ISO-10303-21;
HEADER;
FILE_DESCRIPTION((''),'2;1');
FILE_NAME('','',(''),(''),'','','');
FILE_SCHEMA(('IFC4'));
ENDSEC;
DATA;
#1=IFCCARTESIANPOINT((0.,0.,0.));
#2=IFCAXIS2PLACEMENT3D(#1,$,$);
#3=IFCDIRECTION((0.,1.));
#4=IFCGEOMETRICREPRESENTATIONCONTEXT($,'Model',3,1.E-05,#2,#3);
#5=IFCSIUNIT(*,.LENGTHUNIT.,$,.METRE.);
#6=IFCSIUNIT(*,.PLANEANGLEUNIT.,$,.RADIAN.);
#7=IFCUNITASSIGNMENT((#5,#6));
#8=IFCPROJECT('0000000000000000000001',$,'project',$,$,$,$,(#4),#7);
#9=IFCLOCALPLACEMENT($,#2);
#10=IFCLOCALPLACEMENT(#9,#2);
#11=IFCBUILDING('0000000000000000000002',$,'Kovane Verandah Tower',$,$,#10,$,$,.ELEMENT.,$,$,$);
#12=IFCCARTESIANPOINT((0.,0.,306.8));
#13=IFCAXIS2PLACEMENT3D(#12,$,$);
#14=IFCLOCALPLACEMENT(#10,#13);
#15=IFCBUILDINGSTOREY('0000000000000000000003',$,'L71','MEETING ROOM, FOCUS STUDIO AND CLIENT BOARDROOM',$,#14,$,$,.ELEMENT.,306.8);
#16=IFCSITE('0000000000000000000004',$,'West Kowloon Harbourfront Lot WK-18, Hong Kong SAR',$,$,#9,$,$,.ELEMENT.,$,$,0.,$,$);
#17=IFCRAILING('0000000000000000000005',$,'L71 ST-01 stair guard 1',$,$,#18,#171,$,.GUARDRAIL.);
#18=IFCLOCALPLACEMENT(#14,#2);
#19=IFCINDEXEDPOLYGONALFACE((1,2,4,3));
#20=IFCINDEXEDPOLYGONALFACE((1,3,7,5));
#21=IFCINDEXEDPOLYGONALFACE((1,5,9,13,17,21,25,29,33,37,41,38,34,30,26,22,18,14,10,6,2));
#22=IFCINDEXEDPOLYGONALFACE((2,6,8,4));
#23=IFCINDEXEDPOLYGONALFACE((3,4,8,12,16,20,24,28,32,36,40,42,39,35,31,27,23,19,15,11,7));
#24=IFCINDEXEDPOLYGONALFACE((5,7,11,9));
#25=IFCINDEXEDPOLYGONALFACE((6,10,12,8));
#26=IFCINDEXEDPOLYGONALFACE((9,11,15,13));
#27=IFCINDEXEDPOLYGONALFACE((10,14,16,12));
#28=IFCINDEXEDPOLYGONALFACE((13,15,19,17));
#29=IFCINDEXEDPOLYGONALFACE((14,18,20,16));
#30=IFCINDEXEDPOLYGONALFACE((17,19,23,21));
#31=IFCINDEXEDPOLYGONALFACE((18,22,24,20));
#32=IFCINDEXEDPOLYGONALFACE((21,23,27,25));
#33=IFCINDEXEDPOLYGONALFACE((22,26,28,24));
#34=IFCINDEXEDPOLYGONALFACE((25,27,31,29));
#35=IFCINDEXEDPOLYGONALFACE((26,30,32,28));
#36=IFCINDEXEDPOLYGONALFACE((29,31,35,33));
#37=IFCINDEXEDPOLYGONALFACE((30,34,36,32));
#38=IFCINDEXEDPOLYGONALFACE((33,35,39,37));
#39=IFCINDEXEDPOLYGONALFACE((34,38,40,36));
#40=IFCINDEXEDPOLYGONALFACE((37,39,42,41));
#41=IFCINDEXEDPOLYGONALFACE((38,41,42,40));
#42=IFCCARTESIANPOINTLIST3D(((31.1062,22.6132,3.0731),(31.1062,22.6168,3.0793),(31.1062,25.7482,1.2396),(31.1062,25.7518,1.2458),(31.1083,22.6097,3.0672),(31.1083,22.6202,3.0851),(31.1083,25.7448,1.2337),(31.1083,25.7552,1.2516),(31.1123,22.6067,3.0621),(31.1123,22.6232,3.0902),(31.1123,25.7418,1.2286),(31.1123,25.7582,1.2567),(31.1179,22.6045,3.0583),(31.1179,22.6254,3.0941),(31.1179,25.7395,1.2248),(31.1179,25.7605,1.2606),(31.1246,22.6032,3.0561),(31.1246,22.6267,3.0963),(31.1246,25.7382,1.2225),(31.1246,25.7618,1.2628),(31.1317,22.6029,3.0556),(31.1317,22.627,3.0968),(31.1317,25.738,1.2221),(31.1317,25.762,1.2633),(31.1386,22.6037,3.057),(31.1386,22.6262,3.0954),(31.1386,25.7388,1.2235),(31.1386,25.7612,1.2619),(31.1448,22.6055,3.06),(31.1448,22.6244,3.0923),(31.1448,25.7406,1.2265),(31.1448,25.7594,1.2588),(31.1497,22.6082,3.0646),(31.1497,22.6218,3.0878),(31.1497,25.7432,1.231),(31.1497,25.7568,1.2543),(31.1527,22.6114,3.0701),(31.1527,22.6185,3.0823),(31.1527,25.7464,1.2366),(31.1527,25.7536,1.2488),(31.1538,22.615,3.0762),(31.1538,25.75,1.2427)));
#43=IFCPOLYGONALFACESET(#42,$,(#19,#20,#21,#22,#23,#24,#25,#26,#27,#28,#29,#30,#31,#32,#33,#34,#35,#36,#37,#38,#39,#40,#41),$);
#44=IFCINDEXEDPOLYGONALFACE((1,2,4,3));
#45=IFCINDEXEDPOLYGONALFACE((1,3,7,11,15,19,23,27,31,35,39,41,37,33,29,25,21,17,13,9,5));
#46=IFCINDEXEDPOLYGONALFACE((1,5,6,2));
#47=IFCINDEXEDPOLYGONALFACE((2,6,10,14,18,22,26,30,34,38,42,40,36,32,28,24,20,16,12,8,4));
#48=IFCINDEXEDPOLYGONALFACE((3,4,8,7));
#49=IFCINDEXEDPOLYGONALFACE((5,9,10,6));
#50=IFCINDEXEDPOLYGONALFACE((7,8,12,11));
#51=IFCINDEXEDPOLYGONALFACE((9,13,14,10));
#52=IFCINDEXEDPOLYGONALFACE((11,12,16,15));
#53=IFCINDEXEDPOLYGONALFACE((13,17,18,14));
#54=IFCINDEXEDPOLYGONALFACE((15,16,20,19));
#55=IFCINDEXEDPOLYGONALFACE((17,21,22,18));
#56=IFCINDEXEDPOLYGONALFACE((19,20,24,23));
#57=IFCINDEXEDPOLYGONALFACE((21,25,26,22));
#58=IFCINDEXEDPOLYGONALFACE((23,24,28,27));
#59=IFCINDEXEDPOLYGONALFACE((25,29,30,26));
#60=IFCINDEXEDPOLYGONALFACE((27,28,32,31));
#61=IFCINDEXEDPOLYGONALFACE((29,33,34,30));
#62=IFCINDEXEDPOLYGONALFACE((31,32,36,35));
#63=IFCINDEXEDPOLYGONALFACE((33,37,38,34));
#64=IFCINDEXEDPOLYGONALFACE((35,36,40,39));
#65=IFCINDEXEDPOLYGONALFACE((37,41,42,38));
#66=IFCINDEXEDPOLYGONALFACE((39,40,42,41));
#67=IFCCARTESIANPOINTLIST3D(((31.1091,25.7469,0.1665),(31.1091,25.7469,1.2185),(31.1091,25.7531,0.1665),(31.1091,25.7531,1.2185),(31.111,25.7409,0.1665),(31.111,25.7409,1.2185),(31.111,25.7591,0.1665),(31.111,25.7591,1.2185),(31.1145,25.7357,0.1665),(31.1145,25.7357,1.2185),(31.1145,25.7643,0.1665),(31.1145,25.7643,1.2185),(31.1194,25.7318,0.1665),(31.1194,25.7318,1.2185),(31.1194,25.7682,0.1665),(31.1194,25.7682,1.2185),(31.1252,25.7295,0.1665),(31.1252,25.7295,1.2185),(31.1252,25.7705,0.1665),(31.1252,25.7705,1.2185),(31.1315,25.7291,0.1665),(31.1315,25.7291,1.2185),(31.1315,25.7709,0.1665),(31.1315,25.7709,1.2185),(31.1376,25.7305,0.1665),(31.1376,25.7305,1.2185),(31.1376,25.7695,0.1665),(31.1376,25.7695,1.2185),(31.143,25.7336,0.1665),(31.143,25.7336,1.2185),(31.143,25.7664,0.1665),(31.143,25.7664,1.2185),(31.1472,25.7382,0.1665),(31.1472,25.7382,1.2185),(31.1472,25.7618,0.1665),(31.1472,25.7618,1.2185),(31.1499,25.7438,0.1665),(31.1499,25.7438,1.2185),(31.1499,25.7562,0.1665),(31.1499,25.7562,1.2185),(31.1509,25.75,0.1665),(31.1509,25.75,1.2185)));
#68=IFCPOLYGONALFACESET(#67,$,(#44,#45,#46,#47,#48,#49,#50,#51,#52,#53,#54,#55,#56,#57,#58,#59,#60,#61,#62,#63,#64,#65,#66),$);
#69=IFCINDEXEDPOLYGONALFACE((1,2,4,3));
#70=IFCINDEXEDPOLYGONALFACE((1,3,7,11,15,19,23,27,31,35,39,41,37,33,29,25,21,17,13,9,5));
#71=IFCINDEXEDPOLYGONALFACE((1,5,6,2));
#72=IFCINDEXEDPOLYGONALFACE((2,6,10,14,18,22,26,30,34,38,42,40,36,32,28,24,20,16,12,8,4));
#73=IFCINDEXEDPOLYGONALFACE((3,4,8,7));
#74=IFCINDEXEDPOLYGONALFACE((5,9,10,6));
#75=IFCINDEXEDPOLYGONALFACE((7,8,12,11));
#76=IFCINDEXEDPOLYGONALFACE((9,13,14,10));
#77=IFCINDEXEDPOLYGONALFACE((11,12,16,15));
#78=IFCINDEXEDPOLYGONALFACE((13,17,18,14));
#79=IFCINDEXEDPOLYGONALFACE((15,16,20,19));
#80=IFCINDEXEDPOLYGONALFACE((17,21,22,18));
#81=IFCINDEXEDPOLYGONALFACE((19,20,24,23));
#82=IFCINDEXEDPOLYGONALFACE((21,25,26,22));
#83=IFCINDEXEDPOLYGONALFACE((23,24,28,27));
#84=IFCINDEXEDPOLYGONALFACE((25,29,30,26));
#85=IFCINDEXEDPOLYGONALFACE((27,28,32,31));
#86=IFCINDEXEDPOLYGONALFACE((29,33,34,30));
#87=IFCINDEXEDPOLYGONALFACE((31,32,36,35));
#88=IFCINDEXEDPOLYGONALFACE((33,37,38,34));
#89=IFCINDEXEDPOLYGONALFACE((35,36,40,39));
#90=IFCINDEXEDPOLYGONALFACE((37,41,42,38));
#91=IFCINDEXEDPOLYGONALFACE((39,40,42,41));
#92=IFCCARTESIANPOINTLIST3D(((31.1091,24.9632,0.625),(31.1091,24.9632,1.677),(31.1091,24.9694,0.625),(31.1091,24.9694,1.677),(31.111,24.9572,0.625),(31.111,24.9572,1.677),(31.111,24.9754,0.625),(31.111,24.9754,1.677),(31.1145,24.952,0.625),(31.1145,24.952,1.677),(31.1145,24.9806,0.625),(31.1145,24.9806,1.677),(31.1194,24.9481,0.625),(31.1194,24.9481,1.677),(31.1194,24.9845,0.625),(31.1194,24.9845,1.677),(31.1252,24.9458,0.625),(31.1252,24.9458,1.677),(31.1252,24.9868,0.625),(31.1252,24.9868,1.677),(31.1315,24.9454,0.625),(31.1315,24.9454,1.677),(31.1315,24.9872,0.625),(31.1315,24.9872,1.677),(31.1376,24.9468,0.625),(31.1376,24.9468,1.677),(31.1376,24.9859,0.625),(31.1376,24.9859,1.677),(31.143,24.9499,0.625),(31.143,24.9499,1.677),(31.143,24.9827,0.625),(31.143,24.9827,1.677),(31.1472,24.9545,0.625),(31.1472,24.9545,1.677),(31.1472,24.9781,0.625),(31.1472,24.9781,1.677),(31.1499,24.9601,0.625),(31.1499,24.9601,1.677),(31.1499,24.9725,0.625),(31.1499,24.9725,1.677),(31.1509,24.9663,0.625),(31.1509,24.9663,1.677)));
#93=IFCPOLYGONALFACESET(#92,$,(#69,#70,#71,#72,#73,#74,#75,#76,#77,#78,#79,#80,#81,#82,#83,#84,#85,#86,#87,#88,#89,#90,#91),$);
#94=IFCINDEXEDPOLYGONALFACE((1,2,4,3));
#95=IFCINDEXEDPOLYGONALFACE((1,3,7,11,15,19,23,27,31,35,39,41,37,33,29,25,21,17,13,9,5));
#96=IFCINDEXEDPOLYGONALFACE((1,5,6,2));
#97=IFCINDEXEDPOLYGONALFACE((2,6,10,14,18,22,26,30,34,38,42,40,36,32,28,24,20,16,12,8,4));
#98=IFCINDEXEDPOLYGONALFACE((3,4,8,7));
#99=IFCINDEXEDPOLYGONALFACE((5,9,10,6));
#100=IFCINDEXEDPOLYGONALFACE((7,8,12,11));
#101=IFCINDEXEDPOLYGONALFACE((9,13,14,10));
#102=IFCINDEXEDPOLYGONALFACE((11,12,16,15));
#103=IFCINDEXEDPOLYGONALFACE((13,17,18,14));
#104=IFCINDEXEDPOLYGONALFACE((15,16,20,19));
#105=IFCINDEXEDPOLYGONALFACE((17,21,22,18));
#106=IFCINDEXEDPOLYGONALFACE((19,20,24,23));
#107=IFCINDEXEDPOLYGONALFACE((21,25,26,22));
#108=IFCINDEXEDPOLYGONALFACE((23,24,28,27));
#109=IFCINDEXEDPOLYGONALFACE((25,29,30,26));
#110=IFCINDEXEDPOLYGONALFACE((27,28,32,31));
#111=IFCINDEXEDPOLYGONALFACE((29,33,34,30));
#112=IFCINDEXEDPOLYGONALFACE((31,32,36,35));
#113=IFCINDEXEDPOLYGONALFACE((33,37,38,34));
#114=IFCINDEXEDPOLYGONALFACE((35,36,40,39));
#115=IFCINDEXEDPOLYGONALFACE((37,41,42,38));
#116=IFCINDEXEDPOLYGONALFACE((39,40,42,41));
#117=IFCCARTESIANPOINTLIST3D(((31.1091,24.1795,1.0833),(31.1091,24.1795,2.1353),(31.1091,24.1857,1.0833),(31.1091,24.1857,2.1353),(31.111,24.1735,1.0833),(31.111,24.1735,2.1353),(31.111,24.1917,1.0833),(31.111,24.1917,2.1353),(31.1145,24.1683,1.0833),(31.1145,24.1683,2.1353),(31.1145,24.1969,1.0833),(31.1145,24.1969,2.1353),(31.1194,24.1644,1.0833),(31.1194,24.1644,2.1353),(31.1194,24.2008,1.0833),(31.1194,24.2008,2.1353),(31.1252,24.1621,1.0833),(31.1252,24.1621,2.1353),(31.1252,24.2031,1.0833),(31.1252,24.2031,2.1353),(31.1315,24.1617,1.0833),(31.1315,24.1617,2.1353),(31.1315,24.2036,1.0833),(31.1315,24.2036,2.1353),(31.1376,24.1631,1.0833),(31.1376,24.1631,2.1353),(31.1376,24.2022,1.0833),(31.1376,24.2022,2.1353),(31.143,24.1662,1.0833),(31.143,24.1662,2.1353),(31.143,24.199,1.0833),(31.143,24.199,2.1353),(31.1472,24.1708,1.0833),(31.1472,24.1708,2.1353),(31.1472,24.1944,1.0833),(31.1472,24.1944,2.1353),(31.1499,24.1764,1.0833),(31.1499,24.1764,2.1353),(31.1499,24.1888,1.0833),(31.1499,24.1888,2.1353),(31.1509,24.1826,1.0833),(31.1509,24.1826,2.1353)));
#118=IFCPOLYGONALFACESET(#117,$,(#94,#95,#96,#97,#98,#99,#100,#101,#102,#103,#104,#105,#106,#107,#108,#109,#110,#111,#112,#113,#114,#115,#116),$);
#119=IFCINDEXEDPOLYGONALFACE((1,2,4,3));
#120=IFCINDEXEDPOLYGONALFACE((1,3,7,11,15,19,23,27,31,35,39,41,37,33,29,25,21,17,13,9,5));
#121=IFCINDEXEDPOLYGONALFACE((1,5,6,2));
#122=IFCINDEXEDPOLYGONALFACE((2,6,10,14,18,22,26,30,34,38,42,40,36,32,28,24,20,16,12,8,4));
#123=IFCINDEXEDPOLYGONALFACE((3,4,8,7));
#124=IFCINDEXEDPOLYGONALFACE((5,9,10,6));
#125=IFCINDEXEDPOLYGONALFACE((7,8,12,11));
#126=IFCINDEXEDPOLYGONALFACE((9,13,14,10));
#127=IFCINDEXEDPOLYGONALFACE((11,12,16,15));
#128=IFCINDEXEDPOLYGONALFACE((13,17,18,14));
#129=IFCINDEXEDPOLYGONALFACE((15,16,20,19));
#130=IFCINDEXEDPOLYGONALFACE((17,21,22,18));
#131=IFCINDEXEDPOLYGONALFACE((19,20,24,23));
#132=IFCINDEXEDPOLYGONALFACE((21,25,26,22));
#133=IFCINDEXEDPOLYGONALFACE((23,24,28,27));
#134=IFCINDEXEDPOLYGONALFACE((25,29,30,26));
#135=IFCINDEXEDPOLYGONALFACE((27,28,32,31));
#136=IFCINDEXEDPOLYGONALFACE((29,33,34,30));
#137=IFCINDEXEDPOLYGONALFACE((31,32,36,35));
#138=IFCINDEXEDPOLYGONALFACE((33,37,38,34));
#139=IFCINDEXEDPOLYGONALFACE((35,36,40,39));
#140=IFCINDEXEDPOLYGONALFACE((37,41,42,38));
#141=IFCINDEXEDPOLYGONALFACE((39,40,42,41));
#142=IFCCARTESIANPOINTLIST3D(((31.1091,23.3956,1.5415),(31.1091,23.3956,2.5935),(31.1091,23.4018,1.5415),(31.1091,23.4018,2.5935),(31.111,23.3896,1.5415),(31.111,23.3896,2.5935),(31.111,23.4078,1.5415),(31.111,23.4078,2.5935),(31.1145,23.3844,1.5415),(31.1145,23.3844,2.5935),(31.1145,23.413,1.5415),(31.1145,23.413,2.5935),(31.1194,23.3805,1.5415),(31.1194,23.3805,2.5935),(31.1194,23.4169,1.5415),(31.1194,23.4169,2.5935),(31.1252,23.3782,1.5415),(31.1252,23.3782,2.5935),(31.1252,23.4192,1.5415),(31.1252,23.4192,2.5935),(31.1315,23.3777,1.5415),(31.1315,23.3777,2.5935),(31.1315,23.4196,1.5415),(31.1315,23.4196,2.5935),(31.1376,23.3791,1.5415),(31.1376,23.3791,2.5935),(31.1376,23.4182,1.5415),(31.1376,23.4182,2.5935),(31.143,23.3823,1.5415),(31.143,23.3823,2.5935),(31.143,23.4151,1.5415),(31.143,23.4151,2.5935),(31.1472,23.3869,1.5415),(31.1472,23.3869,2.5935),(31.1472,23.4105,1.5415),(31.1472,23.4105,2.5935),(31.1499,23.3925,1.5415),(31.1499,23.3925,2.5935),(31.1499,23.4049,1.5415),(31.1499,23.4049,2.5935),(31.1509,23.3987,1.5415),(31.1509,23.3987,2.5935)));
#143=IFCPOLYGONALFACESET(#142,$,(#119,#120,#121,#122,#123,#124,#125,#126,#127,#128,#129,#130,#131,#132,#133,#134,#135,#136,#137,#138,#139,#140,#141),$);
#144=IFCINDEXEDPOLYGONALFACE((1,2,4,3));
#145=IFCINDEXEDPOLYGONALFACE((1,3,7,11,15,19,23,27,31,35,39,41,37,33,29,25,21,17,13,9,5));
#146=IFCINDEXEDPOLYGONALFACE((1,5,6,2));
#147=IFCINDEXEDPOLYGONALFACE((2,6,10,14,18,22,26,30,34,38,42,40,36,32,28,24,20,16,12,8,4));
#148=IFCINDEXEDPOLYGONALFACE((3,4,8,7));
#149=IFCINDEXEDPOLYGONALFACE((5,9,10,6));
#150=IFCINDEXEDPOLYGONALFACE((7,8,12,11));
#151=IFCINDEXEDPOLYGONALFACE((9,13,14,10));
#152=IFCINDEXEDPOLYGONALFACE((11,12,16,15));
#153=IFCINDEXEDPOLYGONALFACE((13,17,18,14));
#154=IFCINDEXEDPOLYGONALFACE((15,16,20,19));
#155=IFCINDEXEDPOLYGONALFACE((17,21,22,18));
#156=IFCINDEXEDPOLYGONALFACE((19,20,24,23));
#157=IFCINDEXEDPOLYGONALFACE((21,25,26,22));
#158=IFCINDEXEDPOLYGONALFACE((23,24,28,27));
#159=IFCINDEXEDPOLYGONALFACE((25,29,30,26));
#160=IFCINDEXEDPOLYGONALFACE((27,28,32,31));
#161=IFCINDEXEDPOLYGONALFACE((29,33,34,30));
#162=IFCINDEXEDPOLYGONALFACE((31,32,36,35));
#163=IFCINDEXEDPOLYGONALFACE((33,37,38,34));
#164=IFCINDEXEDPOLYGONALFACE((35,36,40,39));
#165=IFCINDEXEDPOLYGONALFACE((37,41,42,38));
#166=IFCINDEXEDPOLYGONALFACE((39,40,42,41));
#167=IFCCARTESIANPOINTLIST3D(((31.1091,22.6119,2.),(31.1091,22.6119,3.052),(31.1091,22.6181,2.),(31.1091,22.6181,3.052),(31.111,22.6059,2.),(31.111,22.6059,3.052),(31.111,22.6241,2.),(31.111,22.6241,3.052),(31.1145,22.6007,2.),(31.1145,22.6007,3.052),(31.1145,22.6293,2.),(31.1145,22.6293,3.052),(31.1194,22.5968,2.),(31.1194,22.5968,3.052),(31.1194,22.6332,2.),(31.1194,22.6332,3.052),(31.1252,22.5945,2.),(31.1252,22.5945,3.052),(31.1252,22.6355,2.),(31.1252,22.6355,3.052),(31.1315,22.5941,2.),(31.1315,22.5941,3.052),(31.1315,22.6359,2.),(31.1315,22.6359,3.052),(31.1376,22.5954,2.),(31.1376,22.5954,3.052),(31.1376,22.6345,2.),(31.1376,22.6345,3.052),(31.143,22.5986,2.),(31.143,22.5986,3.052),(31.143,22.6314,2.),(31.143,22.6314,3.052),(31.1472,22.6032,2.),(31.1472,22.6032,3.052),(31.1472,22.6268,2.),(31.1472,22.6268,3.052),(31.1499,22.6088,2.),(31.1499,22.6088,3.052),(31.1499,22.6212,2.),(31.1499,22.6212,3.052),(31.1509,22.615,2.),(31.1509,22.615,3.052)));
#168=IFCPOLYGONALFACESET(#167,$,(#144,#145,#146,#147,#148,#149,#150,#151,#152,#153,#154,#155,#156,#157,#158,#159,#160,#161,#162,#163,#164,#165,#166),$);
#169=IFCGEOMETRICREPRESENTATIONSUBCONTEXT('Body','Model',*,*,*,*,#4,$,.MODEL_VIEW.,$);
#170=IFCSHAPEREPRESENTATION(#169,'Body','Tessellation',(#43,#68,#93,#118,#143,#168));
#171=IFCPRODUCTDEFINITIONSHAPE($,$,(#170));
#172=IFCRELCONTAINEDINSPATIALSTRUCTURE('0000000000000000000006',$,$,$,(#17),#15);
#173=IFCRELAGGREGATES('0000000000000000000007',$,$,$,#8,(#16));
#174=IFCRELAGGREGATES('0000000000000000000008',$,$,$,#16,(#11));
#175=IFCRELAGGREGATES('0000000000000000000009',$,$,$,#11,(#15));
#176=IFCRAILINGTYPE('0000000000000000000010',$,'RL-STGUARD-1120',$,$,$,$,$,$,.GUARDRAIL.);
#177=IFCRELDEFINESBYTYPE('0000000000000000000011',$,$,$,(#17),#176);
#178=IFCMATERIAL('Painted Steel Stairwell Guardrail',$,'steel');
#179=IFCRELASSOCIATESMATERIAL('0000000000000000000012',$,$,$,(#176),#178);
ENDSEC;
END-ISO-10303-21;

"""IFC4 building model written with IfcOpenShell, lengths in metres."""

from ifc_helpers import new_model, si_unit, direction, frame, origin, origin_2d, place, context, subcontext, project, spatial, circle, extrude, material, type_object, element, save


model = new_model("IFC4")

# Units and contexts
model_context = context("Model", 3, precision=1e-05, world=origin(), true_north=direction((0.0, 1.0)))
body_context = subcontext(model_context, "Body", "Model", "MODEL_VIEW")
ifc_project = project(units=[si_unit("LENGTHUNIT", "METRE"), si_unit("PLANEANGLEUNIT", "RADIAN")], contexts=[model_context])

# Site, building, storey
site_placement = place(None, origin())
site = spatial("IfcSite", under=ifc_project, at=site_placement, Name="West Kowloon Harbourfront Lot WK-18, Hong Kong SAR", CompositionType="ELEMENT", RefElevation=0.0)
building_placement = place(site_placement, origin())
building = spatial("IfcBuilding", under=site, at=building_placement, Name="Kovane Verandah Tower", CompositionType="ELEMENT")
storey_placement = place(building_placement, frame((0.0, 0.0, 306.8)))
storey = spatial("IfcBuildingStorey", under=building, at=storey_placement, Name="L71", Description="MEETING ROOM, FOCUS STUDIO AND CLIENT BOARDROOM", CompositionType="ELEMENT", Elevation=306.8)

# Railing
ifc_material_1 = material(Name="Painted Steel Stairwell Guardrail", Category="steel")
railing_type_1 = type_object("IfcRailingType", Name="RL-STGUARD-1120", PredefinedType="GUARDRAIL", material=ifc_material_1)
railing_1_placement = place(storey_placement, frame((31.1299, 25.75, 0.1665)))
element("IfcRailing", 1, at=railing_1_placement, inside=storey, type_object=railing_type_1, Name="L71 ST-01 stair guard 1", PredefinedType="GUARDRAIL", context=body_context, shape_type="SweptSolid", body=[
    extrude(circle(Radius=0.0239, at=origin_2d()), frame((0.0, 0.0, 1.0762), z_axis=(0.0, -0.86321, 0.504845), x_axis=(1.0, 0.0, 0.0)), (0.0, 0.0, 1.0), 3.6318),
    extrude(circle(Radius=0.021, at=origin_2d()), origin(), (0.0, 0.0, 1.0), 1.052),
    extrude(circle(Radius=0.021, at=origin_2d()), frame((0.0, -0.7837, 0.4585)), (0.0, 0.0, 1.0), 1.052),
    extrude(circle(Radius=0.021, at=origin_2d()), frame((0.0, -1.5674, 0.9167)), (0.0, 0.0, 1.0), 1.052),
    extrude(circle(Radius=0.021, at=origin_2d()), frame((0.0, -2.3513, 1.375)), (0.0, 0.0, 1.0), 1.052),
    extrude(circle(Radius=0.021, at=origin_2d()), frame((0.0, -3.135, 1.8335)), (0.0, 0.0, 1.0), 1.052),
])

save(model, "model.ifc")
